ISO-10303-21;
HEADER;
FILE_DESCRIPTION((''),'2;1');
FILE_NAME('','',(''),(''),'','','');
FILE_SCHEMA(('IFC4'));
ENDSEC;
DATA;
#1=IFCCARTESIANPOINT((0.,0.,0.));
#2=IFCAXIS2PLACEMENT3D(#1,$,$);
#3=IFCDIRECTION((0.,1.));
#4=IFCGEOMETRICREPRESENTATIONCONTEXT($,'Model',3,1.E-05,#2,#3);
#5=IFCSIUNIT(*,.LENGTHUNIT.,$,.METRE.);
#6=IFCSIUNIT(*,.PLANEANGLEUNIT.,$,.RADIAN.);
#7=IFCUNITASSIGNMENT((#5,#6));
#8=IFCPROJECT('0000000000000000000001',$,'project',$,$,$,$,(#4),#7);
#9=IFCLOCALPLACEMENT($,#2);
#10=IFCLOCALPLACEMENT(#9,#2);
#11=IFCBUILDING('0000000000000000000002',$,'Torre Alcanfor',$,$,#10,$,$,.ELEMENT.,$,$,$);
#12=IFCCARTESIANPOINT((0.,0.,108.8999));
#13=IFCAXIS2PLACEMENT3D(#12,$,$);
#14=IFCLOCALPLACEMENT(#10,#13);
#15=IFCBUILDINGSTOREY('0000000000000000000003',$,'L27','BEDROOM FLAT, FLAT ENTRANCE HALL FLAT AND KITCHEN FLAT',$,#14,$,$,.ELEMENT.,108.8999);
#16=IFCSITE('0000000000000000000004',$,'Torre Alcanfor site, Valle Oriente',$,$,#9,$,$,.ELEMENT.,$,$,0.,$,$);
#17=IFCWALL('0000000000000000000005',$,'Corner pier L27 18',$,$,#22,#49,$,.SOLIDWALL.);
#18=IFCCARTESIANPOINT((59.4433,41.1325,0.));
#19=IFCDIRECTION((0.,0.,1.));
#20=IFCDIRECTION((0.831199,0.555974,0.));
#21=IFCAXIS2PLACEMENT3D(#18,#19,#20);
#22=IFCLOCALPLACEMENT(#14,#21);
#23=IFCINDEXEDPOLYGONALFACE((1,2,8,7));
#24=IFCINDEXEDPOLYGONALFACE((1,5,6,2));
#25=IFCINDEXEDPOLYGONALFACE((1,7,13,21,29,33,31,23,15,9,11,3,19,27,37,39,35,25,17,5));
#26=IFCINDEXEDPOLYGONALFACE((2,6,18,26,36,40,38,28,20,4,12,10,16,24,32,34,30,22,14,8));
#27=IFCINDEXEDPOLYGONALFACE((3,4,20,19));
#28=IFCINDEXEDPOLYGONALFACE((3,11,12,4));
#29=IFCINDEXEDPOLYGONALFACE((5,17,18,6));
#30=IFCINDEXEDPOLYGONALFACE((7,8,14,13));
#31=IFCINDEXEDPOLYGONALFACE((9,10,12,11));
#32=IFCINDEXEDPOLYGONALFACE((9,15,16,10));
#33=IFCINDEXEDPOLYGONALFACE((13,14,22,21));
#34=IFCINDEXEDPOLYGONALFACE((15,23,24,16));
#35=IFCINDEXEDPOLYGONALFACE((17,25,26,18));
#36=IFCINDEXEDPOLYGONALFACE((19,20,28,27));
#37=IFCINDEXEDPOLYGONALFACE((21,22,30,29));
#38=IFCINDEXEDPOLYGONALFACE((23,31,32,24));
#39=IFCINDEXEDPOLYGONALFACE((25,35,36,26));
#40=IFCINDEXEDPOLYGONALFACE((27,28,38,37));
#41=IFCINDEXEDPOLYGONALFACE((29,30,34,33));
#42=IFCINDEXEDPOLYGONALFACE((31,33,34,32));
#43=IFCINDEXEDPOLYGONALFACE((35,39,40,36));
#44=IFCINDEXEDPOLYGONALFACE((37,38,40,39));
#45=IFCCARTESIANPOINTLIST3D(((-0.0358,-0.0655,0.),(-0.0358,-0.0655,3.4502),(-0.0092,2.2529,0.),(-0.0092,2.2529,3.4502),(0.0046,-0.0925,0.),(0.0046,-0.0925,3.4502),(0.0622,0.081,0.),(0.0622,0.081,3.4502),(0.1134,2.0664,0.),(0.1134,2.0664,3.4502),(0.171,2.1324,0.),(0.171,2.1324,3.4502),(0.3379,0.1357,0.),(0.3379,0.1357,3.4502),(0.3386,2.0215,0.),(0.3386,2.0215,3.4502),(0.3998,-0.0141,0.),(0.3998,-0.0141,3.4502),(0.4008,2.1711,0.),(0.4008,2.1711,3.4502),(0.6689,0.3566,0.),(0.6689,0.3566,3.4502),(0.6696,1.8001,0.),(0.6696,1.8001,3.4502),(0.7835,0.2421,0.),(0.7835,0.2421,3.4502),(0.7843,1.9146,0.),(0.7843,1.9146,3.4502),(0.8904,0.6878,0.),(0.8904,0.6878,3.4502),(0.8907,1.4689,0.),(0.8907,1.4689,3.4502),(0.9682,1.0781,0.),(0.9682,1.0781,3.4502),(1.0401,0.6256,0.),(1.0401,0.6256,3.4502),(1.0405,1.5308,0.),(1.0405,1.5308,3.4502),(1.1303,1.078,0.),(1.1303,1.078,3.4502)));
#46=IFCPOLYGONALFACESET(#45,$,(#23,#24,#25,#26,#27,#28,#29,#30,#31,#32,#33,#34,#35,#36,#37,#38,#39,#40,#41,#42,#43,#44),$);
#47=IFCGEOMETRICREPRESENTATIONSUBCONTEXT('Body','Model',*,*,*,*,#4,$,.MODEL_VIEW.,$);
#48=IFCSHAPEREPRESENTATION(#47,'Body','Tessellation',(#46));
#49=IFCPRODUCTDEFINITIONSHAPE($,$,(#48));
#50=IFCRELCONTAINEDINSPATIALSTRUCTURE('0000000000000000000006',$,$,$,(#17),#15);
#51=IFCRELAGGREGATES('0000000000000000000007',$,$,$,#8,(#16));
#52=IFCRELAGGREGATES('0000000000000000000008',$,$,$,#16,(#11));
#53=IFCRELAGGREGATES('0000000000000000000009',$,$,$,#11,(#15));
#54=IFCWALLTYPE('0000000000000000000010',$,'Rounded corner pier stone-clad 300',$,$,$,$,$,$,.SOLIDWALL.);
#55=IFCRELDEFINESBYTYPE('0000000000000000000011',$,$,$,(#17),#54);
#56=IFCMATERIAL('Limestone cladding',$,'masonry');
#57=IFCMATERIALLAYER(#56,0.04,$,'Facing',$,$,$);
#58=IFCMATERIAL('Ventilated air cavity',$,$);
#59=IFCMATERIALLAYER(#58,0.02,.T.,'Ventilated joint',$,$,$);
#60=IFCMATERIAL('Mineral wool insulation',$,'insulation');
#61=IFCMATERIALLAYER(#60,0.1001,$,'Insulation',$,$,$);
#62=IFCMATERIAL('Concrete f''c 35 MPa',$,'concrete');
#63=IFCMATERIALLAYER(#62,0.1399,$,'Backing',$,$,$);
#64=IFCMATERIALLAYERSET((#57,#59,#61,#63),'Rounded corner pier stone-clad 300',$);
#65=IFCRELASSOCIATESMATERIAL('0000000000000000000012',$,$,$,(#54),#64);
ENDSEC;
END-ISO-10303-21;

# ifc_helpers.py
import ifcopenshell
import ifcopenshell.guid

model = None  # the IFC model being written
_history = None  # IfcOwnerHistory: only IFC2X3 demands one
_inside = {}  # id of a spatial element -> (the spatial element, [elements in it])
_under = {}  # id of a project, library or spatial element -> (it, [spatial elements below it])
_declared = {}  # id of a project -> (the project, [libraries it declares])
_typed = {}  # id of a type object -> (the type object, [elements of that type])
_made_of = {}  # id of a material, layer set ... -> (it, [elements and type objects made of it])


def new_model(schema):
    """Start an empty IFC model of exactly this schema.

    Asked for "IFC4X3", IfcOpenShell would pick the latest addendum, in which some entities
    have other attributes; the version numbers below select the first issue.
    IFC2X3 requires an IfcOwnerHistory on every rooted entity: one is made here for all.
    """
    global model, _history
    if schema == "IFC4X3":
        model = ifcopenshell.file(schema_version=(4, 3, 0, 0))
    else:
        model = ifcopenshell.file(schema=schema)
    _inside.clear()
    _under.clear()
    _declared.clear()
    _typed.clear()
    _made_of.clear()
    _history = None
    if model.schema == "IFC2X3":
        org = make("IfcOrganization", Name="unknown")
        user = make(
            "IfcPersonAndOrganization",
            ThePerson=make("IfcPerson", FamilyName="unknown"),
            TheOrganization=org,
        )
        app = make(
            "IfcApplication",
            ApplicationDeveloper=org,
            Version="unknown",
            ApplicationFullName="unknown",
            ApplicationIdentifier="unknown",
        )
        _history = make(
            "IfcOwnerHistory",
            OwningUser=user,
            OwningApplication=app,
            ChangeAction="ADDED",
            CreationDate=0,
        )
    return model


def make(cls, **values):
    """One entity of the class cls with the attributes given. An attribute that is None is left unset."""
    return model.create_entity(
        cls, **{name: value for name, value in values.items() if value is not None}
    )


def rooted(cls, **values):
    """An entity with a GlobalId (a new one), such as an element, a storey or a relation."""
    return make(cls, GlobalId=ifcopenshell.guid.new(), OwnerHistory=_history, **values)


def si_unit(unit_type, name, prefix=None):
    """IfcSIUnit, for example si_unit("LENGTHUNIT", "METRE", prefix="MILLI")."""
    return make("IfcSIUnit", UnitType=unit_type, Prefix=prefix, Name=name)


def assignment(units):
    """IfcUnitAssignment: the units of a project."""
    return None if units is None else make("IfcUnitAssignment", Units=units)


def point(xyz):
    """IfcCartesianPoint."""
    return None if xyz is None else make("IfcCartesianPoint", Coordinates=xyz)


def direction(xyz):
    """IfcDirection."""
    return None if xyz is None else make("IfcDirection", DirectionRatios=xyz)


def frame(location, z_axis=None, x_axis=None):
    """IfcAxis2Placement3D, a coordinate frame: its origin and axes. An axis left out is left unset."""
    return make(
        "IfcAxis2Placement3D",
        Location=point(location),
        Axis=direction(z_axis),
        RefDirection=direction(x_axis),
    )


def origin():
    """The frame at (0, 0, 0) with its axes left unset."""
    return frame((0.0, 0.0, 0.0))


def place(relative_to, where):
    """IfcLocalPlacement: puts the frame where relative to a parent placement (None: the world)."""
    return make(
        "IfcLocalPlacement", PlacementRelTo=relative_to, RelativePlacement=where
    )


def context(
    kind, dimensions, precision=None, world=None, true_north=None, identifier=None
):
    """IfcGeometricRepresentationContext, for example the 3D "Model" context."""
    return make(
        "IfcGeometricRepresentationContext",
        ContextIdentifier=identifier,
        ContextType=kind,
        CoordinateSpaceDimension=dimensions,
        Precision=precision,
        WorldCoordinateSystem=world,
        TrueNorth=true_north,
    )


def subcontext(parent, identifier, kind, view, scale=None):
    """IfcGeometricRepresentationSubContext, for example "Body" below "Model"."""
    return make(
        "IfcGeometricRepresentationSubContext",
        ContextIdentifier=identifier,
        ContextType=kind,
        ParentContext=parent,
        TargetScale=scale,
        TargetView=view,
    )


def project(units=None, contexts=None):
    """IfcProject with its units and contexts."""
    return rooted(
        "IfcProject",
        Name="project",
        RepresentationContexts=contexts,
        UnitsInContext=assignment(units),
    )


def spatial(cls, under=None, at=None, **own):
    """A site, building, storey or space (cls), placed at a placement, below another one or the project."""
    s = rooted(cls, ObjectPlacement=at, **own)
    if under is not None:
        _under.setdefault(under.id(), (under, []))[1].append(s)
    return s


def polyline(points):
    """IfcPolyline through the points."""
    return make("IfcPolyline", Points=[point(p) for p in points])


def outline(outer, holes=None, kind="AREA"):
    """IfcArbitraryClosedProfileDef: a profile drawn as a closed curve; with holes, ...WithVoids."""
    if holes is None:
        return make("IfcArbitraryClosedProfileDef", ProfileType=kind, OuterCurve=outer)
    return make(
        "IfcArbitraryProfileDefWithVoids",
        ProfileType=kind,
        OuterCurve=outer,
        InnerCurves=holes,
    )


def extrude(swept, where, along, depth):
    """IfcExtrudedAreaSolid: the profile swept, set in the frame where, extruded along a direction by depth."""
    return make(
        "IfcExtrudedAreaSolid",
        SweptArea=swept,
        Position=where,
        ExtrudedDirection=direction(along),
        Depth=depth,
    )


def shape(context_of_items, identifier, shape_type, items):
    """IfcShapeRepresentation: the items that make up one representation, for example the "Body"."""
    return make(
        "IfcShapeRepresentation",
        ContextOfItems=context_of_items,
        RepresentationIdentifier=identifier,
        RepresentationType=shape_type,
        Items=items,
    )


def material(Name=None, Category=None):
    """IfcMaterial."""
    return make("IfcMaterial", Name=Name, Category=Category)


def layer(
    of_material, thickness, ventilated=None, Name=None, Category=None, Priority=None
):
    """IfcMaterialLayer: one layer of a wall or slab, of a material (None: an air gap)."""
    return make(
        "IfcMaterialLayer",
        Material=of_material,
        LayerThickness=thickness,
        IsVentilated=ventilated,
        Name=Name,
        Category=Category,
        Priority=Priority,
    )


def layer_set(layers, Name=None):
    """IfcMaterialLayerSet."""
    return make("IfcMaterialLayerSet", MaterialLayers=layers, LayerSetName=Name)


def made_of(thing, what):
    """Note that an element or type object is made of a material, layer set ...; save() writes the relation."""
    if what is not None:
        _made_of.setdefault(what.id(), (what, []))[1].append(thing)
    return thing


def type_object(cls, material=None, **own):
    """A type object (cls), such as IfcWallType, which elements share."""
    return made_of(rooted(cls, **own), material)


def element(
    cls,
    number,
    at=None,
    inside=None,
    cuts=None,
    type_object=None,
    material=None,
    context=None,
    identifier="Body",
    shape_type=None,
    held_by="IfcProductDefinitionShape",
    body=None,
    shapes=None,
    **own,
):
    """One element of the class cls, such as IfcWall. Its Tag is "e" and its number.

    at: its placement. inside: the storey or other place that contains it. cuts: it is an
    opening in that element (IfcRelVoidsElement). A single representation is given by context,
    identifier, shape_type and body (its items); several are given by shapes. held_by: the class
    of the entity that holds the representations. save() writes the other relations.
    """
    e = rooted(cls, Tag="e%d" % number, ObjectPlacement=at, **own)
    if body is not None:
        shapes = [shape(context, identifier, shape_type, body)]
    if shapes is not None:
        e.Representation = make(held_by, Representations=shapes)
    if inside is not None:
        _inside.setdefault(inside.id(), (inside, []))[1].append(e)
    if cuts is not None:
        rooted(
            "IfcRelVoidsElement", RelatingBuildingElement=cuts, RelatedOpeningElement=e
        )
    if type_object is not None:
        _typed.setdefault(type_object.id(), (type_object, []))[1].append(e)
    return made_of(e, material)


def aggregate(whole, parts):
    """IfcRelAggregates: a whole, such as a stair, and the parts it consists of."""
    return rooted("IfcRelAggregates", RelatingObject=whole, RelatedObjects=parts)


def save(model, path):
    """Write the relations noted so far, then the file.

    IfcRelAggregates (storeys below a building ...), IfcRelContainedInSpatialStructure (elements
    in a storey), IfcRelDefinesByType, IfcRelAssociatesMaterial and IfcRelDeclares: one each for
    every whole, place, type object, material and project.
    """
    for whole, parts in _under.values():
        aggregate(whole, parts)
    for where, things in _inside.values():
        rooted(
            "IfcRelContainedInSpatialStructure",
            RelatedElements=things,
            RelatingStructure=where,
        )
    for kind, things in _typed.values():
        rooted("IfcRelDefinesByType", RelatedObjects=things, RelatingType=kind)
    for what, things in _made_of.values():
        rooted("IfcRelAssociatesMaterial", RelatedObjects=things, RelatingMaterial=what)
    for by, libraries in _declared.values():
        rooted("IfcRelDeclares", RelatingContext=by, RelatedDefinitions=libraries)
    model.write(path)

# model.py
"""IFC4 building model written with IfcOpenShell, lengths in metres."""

from ifc_helpers import new_model, si_unit, direction, frame, origin, place, context, subcontext, project, spatial, polyline, outline, extrude, material, layer, layer_set, type_object, element, save


model = new_model("IFC4")

# Units and contexts
model_context = context("Model", 3, precision=1e-05, world=origin(), true_north=direction((0.0, 1.0)))
body_context = subcontext(model_context, "Body", "Model", "MODEL_VIEW")
ifc_project = project(units=[si_unit("LENGTHUNIT", "METRE"), si_unit("PLANEANGLEUNIT", "RADIAN")], contexts=[model_context])

# Site, building, storey
site_placement = place(None, origin())
site = spatial("IfcSite", under=ifc_project, at=site_placement, Name="Torre Alcanfor site, Valle Oriente", CompositionType="ELEMENT", RefElevation=0.0)
building_placement = place(site_placement, origin())
building = spatial("IfcBuilding", under=site, at=building_placement, Name="Torre Alcanfor", CompositionType="ELEMENT")
storey_placement = place(building_placement, frame((0.0, 0.0, 108.8999)))
storey = spatial("IfcBuildingStorey", under=building, at=storey_placement, Name="L27", Description="BEDROOM FLAT, FLAT ENTRANCE HALL FLAT AND KITCHEN FLAT", CompositionType="ELEMENT", Elevation=108.8999)

# Shared definitions
ifc_material_1 = material(Name="Limestone cladding", Category="masonry")
ifc_material_2 = material(Name="Ventilated air cavity")
ifc_material_3 = material(Name="Mineral wool insulation", Category="insulation")
ifc_material_4 = material(Name="Concrete f'c 35 MPa", Category="concrete")

# Wall
ifc_layer_1 = layer(ifc_material_1, 0.04, Name="Facing")
ifc_layer_2 = layer(ifc_material_2, 0.02, ventilated=True, Name="Ventilated joint")
ifc_layer_3 = layer(ifc_material_3, 0.1001, Name="Insulation")
ifc_layer_4 = layer(ifc_material_4, 0.1399, Name="Backing")
ifc_layer_set_1 = layer_set([ifc_layer_1, ifc_layer_2, ifc_layer_3, ifc_layer_4], Name="Rounded corner pier stone-clad 300")
wall_type_1 = type_object("IfcWallType", Name="Rounded corner pier stone-clad 300", PredefinedType="SOLIDWALL", material=ifc_layer_set_1)
wall_1_placement = place(storey_placement, frame((59.4433, 41.1325, 0.0), z_axis=(0.0, 0.0, 1.0), x_axis=(0.831199, 0.555974, 0.0)))
element("IfcWall", 1, at=wall_1_placement, inside=storey, type_object=wall_type_1, Name="Corner pier L27 18", PredefinedType="SOLIDWALL", context=body_context, shape_type="SweptSolid", body=[
    extrude(outline(polyline([(0.7835, 0.2421), (1.0401, 0.6256), (1.1303, 1.078), (1.0405, 1.5308), (0.7843, 1.9146), (0.4008, 2.1711), (-0.0092, 2.2529), (0.171, 2.1324), (0.1134, 2.0664), (0.3386, 2.0215), (0.6696, 1.8001), (0.8907, 1.4689), (0.9682, 1.0781), (0.8904, 0.6878), (0.6689, 0.3566), (0.3379, 0.1357), (0.0622, 0.081), (-0.0358, -0.0655), (0.0046, -0.0925), (0.3998, -0.0141), (0.7835, 0.2421)])), origin(), (0.0, 0.0, 1.0), 3.4502),
])

save(model, "model.ifc")
